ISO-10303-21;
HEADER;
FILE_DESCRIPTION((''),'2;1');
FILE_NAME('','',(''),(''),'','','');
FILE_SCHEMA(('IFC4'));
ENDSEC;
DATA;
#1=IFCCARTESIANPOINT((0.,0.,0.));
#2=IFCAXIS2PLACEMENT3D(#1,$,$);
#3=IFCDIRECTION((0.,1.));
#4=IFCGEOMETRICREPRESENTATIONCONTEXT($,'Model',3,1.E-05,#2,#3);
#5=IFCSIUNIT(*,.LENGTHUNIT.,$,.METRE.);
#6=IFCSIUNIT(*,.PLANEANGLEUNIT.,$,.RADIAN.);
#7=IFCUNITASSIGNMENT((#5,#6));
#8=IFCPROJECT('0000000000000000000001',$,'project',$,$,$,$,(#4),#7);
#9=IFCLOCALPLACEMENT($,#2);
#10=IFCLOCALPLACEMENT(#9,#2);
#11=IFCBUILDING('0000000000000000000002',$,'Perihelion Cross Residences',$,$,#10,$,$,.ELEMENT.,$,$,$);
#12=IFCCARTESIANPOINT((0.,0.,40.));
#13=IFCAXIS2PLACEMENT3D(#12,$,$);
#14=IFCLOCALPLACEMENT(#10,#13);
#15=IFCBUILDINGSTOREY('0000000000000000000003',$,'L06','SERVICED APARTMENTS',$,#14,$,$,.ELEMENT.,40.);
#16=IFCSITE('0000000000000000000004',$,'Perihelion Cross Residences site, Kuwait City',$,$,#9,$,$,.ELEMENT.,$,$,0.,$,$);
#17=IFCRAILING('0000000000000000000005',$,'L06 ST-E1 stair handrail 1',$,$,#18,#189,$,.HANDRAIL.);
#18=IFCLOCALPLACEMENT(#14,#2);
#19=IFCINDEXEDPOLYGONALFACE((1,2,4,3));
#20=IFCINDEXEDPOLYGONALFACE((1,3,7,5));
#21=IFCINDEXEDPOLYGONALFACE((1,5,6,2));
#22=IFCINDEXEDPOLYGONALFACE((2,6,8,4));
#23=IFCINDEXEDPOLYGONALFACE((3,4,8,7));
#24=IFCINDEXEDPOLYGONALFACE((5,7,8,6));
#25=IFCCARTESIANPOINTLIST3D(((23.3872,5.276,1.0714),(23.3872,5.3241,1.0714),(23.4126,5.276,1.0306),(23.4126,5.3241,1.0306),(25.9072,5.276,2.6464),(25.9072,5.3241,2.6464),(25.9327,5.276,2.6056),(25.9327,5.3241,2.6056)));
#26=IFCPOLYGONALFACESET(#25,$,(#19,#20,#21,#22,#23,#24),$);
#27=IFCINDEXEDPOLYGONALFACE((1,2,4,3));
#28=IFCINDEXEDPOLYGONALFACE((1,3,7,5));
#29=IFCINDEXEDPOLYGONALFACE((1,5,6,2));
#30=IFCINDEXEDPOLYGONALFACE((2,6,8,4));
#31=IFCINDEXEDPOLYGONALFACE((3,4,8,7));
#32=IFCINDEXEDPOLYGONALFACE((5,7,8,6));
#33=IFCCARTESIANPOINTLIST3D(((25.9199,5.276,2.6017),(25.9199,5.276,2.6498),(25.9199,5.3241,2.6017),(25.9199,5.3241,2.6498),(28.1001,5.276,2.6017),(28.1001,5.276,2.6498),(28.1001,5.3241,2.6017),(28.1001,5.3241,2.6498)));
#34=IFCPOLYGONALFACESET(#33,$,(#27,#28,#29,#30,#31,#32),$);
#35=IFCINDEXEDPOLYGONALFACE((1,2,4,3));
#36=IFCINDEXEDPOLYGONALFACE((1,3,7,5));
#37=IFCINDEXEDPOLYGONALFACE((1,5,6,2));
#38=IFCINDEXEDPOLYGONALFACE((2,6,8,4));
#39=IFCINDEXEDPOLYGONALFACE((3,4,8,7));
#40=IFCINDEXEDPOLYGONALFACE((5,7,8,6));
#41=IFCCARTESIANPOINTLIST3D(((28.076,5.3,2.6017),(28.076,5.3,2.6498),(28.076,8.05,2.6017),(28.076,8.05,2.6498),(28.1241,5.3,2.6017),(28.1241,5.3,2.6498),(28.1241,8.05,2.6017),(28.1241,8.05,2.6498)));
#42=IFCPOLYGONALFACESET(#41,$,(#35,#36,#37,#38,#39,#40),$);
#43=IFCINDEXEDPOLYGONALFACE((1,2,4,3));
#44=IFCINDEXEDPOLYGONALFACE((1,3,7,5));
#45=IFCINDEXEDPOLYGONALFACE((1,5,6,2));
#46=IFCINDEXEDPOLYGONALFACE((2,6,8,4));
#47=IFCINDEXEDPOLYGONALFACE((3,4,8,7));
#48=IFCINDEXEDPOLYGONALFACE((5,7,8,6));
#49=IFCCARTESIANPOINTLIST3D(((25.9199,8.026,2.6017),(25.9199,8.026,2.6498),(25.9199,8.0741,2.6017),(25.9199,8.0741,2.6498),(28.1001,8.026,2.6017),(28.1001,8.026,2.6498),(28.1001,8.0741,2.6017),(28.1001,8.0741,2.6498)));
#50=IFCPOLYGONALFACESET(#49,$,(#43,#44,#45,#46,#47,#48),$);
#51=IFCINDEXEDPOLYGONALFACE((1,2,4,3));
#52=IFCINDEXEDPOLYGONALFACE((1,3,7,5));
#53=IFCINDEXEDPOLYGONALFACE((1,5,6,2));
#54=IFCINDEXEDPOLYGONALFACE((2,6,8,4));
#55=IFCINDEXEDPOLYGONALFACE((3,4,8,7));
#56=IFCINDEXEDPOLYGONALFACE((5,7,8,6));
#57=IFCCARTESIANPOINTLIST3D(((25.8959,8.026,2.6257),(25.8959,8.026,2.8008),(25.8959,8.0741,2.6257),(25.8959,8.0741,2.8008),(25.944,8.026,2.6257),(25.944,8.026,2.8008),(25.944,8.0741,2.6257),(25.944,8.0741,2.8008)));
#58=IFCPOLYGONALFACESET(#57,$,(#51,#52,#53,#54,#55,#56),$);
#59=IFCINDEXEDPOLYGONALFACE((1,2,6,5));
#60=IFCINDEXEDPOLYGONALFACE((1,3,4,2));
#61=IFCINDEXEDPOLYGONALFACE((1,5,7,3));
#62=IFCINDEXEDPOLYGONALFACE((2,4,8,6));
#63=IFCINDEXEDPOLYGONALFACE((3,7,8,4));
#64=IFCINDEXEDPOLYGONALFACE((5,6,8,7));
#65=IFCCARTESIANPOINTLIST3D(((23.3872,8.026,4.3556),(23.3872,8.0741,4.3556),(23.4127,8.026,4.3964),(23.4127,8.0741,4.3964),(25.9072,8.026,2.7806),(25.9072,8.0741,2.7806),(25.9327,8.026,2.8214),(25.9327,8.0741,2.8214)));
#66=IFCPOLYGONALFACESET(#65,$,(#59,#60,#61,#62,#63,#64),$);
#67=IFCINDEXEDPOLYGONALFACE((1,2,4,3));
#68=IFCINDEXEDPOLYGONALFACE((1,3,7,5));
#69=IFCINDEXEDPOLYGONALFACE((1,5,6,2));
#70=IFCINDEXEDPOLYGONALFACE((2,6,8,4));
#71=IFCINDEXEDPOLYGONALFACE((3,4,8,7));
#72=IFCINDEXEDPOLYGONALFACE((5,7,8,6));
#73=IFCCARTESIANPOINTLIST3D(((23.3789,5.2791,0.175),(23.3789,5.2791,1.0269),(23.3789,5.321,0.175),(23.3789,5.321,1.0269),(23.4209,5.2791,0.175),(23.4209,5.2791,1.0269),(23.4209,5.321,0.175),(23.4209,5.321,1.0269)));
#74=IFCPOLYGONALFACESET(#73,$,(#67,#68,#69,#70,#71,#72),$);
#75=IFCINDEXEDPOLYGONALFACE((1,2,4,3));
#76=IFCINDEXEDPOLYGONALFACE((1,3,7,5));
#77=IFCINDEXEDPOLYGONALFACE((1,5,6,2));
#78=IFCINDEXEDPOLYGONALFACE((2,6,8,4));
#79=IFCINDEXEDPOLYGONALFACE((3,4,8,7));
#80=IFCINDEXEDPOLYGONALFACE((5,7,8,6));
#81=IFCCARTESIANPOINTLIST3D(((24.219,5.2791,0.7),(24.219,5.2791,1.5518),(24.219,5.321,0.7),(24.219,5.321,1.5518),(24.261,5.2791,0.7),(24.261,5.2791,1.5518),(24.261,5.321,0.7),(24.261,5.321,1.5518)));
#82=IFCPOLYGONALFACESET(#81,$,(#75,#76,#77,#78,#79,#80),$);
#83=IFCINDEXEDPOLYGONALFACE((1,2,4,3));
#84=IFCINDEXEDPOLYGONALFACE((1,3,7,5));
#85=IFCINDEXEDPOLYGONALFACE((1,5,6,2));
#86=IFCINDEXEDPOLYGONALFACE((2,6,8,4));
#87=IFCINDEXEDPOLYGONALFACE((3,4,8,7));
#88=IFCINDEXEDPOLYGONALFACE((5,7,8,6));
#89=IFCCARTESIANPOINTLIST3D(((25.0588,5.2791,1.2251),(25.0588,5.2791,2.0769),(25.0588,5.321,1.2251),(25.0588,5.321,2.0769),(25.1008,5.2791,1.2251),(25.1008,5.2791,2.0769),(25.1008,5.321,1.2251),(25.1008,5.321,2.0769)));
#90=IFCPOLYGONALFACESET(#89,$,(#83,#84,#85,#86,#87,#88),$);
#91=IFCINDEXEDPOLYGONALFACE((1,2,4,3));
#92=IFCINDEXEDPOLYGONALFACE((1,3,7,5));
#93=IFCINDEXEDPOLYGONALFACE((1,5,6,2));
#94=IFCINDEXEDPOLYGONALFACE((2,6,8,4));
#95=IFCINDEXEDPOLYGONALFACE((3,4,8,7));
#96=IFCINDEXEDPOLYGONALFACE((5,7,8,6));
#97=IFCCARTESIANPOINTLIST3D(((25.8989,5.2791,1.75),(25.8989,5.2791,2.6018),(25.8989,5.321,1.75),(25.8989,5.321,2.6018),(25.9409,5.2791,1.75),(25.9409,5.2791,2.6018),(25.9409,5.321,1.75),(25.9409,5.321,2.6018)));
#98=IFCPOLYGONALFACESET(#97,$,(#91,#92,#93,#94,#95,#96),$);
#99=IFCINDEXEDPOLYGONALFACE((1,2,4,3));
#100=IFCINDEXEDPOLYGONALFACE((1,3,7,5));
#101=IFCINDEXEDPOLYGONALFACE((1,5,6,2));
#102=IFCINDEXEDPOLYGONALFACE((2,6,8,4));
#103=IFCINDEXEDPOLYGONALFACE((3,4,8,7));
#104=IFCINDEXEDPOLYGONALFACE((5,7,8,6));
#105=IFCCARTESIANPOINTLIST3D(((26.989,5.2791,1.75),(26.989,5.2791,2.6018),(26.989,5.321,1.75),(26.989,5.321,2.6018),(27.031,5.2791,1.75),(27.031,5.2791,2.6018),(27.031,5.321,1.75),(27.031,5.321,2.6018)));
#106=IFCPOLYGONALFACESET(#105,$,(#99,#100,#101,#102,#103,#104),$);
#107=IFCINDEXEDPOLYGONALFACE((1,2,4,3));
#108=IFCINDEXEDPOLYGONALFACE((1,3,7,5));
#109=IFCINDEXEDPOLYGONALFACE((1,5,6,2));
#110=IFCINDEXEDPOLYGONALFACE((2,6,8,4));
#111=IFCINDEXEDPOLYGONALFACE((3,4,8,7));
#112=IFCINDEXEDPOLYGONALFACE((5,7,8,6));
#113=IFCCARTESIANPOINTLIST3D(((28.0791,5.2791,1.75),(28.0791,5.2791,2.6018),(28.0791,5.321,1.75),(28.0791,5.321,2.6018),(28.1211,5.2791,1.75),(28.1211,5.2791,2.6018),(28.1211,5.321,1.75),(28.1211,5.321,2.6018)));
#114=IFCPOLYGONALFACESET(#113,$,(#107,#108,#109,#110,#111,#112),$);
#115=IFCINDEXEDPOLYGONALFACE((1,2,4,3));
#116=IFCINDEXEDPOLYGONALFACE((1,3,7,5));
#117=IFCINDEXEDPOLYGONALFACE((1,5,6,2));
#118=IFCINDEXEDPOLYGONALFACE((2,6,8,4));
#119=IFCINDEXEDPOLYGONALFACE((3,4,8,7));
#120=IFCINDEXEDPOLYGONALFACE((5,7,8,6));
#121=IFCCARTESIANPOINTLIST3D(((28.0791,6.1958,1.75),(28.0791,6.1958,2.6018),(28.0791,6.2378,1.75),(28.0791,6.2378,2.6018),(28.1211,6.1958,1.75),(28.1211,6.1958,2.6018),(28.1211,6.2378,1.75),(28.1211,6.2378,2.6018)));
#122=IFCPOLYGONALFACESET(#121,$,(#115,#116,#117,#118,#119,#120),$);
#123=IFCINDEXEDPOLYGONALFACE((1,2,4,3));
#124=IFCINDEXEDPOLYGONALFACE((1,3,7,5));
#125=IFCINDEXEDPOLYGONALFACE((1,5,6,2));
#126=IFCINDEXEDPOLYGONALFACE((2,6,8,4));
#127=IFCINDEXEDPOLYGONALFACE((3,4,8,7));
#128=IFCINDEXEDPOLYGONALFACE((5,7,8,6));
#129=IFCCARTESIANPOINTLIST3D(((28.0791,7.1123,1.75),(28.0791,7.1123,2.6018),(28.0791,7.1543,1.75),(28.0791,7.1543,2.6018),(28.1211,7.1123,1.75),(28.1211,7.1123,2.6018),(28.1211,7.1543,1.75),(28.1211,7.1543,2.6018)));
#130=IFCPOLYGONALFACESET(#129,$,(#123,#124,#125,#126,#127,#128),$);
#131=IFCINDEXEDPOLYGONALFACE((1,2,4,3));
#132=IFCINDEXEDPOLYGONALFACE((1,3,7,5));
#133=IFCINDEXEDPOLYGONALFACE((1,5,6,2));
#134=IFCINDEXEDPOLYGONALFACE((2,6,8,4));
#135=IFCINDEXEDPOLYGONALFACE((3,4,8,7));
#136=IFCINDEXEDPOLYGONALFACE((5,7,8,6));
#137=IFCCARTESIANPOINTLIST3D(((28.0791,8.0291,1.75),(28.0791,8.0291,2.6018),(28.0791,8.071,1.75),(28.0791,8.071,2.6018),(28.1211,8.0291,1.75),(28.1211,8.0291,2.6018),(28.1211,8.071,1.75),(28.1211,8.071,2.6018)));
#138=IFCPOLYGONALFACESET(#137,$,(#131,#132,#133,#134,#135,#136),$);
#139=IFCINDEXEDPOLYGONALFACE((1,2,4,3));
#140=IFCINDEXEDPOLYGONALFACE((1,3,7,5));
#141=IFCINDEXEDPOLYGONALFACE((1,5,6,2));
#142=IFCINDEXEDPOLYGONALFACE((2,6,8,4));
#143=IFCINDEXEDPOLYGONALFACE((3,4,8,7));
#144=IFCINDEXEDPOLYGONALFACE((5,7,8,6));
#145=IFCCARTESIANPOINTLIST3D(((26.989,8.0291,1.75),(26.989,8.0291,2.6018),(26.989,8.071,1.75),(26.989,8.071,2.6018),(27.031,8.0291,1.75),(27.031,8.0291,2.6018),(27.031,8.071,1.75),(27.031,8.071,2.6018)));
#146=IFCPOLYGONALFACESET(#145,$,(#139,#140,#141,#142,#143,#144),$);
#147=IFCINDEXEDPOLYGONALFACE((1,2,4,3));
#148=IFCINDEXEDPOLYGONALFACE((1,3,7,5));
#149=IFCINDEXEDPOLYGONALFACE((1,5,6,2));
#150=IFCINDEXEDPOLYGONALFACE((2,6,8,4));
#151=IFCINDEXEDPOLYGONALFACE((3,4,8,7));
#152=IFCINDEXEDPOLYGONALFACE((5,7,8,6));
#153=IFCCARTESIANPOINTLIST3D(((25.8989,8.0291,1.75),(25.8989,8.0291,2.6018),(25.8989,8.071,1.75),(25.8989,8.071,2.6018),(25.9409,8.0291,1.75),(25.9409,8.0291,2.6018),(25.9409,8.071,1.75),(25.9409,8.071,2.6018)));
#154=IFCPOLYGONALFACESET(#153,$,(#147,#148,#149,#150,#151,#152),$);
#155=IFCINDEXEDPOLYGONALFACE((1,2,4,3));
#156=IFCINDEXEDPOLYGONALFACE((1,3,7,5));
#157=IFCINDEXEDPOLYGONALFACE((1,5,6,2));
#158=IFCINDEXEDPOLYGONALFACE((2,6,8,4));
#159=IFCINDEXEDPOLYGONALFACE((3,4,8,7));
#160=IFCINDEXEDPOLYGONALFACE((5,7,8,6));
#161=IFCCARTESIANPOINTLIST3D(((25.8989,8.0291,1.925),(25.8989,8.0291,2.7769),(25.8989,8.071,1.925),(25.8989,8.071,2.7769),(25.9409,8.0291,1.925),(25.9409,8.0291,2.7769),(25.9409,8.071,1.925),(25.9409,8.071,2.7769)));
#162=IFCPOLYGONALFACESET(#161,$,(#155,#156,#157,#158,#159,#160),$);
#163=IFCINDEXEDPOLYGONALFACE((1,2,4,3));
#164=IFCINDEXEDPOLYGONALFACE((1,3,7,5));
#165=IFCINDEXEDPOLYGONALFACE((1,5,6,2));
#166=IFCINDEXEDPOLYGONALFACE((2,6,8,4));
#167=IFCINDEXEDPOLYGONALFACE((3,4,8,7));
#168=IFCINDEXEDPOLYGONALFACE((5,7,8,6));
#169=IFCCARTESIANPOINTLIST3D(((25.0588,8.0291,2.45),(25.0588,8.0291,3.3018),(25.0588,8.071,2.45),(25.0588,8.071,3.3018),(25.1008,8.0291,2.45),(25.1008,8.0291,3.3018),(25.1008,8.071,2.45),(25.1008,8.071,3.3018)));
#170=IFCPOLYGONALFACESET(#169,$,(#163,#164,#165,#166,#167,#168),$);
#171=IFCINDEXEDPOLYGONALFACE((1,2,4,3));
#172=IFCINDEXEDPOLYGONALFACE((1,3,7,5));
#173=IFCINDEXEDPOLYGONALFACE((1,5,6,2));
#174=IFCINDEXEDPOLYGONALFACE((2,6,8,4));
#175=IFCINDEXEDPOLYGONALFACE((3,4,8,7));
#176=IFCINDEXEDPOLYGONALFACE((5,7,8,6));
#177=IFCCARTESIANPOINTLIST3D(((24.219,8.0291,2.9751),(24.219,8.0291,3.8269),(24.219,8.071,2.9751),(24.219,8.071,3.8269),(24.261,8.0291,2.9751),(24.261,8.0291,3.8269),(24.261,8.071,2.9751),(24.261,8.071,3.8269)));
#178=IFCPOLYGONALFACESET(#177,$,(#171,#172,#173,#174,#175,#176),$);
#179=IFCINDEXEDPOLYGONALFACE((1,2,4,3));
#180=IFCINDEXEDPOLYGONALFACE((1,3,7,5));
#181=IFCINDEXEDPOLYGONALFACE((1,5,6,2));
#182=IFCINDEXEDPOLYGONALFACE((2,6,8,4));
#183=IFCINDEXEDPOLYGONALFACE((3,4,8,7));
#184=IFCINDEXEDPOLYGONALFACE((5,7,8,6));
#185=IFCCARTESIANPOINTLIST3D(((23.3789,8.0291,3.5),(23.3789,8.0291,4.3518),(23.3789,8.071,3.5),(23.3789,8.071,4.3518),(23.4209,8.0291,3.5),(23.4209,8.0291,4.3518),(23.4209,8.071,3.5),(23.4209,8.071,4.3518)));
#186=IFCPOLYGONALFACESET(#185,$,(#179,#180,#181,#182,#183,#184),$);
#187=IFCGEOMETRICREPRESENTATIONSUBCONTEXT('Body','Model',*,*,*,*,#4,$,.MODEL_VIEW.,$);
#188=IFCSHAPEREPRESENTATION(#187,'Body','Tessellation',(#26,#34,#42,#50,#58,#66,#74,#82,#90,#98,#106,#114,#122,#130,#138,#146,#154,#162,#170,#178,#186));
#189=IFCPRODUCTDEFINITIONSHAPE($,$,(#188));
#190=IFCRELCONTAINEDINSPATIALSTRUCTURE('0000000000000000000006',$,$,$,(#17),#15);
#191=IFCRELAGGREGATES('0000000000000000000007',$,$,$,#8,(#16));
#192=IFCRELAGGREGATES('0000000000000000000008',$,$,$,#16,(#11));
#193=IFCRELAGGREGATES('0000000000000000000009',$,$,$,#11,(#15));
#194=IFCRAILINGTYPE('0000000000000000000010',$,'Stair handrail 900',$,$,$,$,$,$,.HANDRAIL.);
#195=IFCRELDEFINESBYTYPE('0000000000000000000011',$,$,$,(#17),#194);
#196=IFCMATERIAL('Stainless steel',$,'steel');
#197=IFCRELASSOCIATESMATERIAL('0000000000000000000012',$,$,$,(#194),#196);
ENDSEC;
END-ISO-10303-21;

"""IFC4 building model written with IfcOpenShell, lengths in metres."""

from ifc_helpers import new_model, si_unit, direction, frame, origin, origin_2d, place, context, subcontext, project, spatial, rectangle, extrude, material, type_object, element, save


model = new_model("IFC4")

# Units and contexts
model_context = context("Model", 3, precision=1e-05, world=origin(), true_north=direction((0.0, 1.0)))
body_context = subcontext(model_context, "Body", "Model", "MODEL_VIEW")
ifc_project = project(units=[si_unit("LENGTHUNIT", "METRE"), si_unit("PLANEANGLEUNIT", "RADIAN")], contexts=[model_context])

# Site, building, storey
site_placement = place(None, origin())
site = spatial("IfcSite", under=ifc_project, at=site_placement, Name="Perihelion Cross Residences site, Kuwait City", CompositionType="ELEMENT", RefElevation=0.0)
building_placement = place(site_placement, origin())
building = spatial("IfcBuilding", under=site, at=building_placement, Name="Perihelion Cross Residences", CompositionType="ELEMENT")
storey_placement = place(building_placement, frame((0.0, 0.0, 40.0)))
storey = spatial("IfcBuildingStorey", under=building, at=storey_placement, Name="L06", Description="SERVICED APARTMENTS", CompositionType="ELEMENT", Elevation=40.0)

# Railing
ifc_material_1 = material(Name="Stainless steel", Category="steel")
railing_type_1 = type_object("IfcRailingType", Name="Stair handrail 900", PredefinedType="HANDRAIL", material=ifc_material_1)
railing_1_placement = place(storey_placement, frame((23.3999, 5.3, 0.175)))
element("IfcRailing", 1, at=railing_1_placement, inside=storey, type_object=railing_type_1, Name="L06 ST-E1 stair handrail 1", PredefinedType="HANDRAIL", context=body_context, shape_type="SweptSolid", body=[
    extrude(rectangle(XDim=0.0481, YDim=0.0481, at=origin_2d()), frame((0.0, 0.0, 0.876), z_axis=(0.848008, 0.0, 0.529984), x_axis=(0.0, 1.0, 0.0)), (0.0, 0.0, 1.0), 2.9717),
    extrude(rectangle(XDim=0.0481, YDim=0.0481, at=origin_2d()), frame((2.52, 0.0, 2.4507), z_axis=(1.0, 0.0, 0.0), x_axis=(0.0, 1.0, 0.0)), (0.0, 0.0, 1.0), 2.1802),
    extrude(rectangle(XDim=0.0481, YDim=0.0481, at=origin_2d()), frame((4.7002, 0.0, 2.4507), z_axis=(0.0, 1.0, 0.0), x_axis=(-1.0, 0.0, 0.0)), (0.0, 0.0, 1.0), 2.75),
    extrude(rectangle(XDim=0.0481, YDim=0.0481, at=origin_2d()), frame((4.7002, 2.75, 2.4507), z_axis=(-1.0, 0.0, 0.0), x_axis=(0.0, -1.0, 0.0)), (0.0, 0.0, 1.0), 2.1802),
    extrude(rectangle(XDim=0.0481, YDim=0.0481, at=origin_2d()), frame((2.52, 2.75, 2.4507), z_axis=(0.0, 0.0, 1.0), x_axis=(1.0, 0.0, 0.0)), (0.0, 0.0, 1.0), 0.175),
    extrude(rectangle(XDim=0.0481, YDim=0.0481, at=origin_2d()), frame((2.52, 2.75, 2.626), z_axis=(-0.848008, 0.0, 0.529984), x_axis=(0.0, -1.0, 0.0)), (0.0, 0.0, 1.0), 2.9717),
    extrude(rectangle(XDim=0.042, YDim=0.042, at=origin_2d()), origin(), (0.0, 0.0, 1.0), 0.8518),
    extrude(rectangle(XDim=0.042, YDim=0.042, at=origin_2d()), frame((0.8401, 0.0, 0.5249)), (0.0, 0.0, 1.0), 0.8518),
    extrude(rectangle(XDim=0.042, YDim=0.042, at=origin_2d()), frame((1.6799, 0.0, 1.05)), (0.0, 0.0, 1.0), 0.8518),
    extrude(rectangle(XDim=0.042, YDim=0.042, at=origin_2d()), frame((2.52, 0.0, 1.575)), (0.0, 0.0, 1.0), 0.8518),
    extrude(rectangle(XDim=0.042, YDim=0.042, at=origin_2d()), frame((3.6101, 0.0, 1.575)), (0.0, 0.0, 1.0), 0.8518),
    extrude(rectangle(XDim=0.042, YDim=0.042, at=origin_2d()), frame((4.7002, 0.0, 1.575)), (0.0, 0.0, 1.0), 0.8518),
    extrude(rectangle(XDim=0.042, YDim=0.042, at=origin_2d()), frame((4.7002, 0.9167, 1.575)), (0.0, 0.0, 1.0), 0.8518),
    extrude(rectangle(XDim=0.042, YDim=0.042, at=origin_2d()), frame((4.7002, 1.8333, 1.575)), (0.0, 0.0, 1.0), 0.8518),
    extrude(rectangle(XDim=0.042, YDim=0.042, at=origin_2d()), frame((4.7002, 2.75, 1.575)), (0.0, 0.0, 1.0), 0.8518),
    extrude(rectangle(XDim=0.042, YDim=0.042, at=origin_2d()), frame((3.6101, 2.75, 1.575)), (0.0, 0.0, 1.0), 0.8518),
    extrude(rectangle(XDim=0.042, YDim=0.042, at=origin_2d()), frame((2.52, 2.75, 1.575)), (0.0, 0.0, 1.0), 0.8518),
    extrude(rectangle(XDim=0.042, YDim=0.042, at=origin_2d()), frame((2.52, 2.75, 1.75)), (0.0, 0.0, 1.0), 0.8518),
    extrude(rectangle(XDim=0.042, YDim=0.042, at=origin_2d()), frame((1.6799, 2.75, 2.2749)), (0.0, 0.0, 1.0), 0.8518),
    extrude(rectangle(XDim=0.042, YDim=0.042, at=origin_2d()), frame((0.8401, 2.75, 2.8)), (0.0, 0.0, 1.0), 0.8518),
    extrude(rectangle(XDim=0.042, YDim=0.042, at=origin_2d()), frame((0.0, 2.75, 3.325)), (0.0, 0.0, 1.0), 0.8518),
])

save(model, "model.ifc")
